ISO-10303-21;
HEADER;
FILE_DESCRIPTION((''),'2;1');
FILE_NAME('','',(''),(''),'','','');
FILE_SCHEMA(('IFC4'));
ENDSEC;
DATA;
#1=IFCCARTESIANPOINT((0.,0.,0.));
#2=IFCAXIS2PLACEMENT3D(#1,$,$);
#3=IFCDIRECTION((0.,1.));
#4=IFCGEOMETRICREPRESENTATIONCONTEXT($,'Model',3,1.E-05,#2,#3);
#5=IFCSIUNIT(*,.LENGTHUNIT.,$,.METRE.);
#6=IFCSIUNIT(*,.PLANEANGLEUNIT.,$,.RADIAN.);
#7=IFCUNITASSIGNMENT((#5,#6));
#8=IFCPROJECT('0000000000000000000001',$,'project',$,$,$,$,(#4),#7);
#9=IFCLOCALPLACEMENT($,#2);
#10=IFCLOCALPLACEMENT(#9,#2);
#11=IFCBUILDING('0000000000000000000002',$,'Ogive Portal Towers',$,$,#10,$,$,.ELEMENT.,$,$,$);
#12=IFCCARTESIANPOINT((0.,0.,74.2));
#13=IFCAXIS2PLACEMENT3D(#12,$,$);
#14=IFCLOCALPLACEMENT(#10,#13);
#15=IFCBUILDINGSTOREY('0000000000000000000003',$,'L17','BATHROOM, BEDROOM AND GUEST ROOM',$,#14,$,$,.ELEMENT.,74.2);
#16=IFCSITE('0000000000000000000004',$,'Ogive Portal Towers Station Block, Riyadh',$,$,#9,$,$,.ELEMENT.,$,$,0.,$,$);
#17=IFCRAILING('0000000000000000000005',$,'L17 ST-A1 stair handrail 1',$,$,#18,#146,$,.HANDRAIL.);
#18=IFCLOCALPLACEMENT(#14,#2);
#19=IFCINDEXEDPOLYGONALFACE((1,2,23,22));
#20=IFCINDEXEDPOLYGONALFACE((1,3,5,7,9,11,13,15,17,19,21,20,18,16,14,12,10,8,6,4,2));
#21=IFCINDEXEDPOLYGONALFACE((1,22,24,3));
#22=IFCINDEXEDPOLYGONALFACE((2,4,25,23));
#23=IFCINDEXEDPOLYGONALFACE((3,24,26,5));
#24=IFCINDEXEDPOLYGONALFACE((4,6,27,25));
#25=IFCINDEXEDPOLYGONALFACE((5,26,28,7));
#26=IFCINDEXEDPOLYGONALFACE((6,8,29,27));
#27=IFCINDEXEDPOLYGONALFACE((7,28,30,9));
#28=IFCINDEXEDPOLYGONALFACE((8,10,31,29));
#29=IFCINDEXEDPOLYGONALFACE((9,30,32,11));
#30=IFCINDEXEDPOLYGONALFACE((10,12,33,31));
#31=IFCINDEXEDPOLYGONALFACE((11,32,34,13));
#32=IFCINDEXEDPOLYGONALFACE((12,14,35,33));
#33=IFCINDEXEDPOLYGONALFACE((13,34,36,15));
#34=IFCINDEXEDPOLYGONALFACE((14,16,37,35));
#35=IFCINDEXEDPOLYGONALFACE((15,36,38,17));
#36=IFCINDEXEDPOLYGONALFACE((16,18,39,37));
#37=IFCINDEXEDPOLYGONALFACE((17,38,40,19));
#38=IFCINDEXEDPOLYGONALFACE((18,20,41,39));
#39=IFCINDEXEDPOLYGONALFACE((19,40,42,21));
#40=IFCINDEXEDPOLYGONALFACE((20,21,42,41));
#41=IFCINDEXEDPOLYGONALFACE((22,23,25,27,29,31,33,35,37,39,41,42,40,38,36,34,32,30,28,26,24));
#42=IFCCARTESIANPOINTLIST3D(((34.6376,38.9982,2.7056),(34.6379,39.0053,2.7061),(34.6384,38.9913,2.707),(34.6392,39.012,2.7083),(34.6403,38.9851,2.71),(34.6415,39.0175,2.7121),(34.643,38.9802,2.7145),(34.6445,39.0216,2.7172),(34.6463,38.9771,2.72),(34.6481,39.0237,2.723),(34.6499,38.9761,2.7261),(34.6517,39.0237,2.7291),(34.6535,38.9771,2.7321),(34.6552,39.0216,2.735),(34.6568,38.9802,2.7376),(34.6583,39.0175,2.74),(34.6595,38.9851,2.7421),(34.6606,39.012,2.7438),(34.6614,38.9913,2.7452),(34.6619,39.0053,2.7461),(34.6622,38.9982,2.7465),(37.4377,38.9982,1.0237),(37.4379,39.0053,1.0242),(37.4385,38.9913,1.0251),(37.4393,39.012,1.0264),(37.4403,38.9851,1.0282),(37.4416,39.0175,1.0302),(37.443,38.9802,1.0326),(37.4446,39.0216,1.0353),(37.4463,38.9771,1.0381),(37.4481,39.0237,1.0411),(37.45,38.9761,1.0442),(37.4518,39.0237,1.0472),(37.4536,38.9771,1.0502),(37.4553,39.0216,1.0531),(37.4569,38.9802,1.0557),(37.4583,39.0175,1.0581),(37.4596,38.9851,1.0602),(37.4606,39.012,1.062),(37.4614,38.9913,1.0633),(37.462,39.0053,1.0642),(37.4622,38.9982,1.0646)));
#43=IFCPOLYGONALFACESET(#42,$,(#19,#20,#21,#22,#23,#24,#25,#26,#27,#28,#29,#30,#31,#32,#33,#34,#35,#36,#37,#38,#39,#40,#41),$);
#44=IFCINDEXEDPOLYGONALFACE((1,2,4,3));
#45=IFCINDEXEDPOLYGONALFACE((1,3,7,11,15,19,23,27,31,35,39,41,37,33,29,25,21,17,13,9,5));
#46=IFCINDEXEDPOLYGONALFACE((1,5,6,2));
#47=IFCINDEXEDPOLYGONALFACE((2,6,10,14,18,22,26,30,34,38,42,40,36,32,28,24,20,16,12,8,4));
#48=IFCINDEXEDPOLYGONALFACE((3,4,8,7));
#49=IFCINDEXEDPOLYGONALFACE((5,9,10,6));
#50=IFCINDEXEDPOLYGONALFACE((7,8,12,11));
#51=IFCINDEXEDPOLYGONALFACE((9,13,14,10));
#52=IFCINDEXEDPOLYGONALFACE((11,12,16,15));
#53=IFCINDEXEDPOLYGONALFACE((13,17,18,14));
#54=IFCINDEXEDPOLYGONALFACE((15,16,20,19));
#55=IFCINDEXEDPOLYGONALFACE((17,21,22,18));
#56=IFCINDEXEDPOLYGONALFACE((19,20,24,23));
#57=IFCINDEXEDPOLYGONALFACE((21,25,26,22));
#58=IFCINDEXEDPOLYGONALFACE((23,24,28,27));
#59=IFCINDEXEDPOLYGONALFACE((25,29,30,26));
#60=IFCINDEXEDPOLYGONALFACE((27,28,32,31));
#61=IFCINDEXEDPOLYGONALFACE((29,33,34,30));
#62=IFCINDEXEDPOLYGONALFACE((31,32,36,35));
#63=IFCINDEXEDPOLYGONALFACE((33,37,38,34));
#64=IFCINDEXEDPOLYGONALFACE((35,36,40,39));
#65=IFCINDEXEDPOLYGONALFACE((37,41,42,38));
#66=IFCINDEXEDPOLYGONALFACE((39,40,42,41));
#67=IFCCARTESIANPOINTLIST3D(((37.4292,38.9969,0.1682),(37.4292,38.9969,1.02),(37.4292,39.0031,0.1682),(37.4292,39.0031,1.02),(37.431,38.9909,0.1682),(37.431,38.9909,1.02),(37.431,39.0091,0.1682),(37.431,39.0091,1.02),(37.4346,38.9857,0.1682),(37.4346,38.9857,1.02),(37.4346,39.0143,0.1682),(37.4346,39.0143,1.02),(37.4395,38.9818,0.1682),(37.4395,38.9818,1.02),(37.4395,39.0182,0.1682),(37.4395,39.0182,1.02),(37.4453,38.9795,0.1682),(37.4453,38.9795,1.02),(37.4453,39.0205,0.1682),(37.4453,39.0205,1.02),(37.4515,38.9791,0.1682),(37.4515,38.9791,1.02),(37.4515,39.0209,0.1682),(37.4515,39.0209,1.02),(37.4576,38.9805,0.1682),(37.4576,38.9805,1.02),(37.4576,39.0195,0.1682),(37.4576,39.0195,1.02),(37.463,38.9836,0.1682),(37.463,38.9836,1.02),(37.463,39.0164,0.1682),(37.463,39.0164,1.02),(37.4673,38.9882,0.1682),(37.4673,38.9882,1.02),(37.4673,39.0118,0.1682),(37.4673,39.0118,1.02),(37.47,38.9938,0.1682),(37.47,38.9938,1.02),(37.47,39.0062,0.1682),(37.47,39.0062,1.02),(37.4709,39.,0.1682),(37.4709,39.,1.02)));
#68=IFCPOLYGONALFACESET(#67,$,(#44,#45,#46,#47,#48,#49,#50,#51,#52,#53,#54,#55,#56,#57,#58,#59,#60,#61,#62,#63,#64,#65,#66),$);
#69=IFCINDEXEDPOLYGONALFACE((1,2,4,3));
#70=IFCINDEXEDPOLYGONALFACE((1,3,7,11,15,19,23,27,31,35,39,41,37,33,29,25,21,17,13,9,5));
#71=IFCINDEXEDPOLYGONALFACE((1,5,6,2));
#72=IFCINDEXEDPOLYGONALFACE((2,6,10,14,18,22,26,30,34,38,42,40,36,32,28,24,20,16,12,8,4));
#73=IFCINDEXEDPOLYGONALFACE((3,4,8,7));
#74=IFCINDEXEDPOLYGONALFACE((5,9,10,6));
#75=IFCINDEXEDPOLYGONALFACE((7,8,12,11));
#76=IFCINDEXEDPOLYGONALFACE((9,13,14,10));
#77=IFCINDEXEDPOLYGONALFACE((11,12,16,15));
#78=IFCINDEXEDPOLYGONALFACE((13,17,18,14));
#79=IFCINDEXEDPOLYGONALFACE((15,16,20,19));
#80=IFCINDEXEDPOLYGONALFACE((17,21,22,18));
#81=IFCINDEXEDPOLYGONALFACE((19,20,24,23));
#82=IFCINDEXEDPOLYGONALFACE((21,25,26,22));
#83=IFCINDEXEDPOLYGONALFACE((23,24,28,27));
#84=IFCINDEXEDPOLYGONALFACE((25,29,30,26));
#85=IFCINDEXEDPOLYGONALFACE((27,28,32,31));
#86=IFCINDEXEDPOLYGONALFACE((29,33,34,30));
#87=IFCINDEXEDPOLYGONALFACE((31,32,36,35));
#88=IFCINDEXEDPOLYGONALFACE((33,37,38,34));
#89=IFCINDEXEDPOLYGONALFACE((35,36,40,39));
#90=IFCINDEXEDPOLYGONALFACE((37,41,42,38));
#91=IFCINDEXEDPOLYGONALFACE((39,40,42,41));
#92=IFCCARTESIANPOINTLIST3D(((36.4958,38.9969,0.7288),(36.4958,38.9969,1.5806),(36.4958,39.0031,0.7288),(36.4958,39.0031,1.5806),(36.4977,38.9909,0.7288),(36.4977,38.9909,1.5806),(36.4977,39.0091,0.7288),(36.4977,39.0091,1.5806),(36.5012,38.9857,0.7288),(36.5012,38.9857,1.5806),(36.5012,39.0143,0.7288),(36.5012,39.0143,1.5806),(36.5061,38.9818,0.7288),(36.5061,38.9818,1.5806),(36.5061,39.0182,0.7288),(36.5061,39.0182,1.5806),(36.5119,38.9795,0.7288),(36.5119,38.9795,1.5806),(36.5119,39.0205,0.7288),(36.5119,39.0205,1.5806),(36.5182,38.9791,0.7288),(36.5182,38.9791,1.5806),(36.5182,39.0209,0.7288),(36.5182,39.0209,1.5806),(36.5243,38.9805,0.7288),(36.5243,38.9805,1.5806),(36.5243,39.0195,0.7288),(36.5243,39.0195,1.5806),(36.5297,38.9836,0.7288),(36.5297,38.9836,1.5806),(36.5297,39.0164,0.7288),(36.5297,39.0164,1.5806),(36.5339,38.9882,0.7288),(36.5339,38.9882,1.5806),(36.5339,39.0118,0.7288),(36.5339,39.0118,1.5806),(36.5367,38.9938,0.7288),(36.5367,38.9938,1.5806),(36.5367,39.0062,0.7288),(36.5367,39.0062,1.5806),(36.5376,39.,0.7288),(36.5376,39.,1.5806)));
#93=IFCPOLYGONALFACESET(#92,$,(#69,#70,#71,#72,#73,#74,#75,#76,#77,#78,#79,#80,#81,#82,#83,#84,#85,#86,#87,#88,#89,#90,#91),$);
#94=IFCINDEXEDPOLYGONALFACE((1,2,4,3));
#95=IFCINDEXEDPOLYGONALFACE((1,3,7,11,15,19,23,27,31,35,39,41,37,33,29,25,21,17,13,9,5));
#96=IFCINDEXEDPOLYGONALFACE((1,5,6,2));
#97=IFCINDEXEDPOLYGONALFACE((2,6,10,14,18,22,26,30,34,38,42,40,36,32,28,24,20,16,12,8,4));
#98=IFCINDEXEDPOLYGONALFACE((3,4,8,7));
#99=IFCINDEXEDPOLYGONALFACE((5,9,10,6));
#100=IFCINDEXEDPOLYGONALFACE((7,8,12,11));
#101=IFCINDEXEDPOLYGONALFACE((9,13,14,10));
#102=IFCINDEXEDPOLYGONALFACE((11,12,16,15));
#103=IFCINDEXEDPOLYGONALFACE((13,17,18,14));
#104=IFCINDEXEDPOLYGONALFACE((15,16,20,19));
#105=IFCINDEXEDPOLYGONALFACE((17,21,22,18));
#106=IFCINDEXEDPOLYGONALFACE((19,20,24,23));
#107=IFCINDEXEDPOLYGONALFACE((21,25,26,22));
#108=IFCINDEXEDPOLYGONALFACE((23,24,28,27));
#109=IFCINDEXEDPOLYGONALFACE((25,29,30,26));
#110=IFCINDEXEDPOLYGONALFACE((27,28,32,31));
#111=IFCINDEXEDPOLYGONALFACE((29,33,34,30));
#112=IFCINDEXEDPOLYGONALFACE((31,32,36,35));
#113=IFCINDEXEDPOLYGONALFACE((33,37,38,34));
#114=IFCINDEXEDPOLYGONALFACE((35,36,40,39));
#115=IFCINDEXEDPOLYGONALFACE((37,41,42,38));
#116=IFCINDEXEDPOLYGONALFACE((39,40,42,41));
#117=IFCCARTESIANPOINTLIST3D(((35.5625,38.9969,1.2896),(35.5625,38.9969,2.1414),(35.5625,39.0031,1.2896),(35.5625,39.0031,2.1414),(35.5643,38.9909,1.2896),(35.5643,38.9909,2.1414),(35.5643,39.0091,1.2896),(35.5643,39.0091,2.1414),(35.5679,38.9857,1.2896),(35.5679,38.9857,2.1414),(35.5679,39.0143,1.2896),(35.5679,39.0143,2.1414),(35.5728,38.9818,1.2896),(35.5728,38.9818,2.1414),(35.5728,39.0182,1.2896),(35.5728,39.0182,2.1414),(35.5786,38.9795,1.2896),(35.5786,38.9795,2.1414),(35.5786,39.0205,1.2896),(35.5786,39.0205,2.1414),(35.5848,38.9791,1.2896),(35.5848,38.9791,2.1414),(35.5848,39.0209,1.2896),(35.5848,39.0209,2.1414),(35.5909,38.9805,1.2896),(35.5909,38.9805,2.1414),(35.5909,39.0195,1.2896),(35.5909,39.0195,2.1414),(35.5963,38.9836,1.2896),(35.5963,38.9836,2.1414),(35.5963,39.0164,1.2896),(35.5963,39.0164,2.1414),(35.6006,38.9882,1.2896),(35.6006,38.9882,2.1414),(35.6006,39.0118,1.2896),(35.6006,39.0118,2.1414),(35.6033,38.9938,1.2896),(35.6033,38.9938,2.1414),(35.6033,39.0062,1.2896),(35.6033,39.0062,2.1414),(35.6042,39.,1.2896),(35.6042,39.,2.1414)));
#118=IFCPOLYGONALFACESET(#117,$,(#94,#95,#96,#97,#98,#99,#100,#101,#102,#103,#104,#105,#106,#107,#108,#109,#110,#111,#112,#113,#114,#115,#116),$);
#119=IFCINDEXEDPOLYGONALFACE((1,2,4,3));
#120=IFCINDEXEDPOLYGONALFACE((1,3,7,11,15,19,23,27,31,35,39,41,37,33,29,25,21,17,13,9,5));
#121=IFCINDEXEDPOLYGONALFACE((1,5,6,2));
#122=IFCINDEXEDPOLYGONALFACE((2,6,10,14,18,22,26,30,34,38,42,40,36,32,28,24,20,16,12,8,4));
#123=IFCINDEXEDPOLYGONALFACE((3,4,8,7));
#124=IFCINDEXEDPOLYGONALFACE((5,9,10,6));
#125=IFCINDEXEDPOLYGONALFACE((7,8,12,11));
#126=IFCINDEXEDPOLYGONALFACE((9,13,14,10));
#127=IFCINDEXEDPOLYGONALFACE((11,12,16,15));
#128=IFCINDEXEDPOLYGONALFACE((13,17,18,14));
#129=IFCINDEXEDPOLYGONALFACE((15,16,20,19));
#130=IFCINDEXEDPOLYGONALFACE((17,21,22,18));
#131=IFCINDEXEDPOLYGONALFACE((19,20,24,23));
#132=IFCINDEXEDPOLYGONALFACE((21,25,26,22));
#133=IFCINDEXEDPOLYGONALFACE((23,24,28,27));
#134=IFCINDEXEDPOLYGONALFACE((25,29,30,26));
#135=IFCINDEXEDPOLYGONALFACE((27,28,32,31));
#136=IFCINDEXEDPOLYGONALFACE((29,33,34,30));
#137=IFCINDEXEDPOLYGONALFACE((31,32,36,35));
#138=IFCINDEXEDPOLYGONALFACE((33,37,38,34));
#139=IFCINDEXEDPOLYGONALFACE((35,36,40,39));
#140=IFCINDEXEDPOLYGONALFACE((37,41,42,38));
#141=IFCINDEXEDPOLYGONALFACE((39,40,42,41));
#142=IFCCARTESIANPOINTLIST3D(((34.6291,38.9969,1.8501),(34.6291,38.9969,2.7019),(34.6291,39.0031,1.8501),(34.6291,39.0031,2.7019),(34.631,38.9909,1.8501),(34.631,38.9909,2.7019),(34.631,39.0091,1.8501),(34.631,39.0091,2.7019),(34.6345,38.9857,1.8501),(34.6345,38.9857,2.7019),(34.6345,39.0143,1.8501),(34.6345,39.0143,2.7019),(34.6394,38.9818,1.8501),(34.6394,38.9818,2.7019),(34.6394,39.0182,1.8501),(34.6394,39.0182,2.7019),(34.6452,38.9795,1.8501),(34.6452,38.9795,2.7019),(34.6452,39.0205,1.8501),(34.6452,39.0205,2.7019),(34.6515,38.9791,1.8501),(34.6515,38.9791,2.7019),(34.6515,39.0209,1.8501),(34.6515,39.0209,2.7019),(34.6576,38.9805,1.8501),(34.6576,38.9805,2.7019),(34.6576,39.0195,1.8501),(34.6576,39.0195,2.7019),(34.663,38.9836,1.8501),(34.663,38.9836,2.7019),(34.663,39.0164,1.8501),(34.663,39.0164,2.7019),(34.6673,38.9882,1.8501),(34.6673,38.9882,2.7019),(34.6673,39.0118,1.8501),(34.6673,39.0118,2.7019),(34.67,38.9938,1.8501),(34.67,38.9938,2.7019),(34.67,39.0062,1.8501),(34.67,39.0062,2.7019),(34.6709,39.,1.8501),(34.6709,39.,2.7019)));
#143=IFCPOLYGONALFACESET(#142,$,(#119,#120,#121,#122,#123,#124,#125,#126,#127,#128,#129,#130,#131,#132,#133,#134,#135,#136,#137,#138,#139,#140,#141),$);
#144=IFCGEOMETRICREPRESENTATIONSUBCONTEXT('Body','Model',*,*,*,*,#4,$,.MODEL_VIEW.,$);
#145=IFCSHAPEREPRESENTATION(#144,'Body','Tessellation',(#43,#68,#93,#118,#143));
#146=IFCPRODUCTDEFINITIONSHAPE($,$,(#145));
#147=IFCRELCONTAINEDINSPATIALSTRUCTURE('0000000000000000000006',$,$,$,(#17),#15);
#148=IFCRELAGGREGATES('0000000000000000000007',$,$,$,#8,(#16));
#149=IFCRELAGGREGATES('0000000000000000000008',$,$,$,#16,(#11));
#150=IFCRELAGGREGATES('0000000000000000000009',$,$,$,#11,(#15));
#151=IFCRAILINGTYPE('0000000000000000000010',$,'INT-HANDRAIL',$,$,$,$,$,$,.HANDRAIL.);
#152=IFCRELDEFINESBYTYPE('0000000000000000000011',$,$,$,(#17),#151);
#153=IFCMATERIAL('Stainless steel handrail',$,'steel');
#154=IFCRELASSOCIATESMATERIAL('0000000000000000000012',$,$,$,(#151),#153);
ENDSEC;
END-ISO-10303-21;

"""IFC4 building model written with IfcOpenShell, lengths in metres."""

from ifc_helpers import new_model, si_unit, direction, frame, origin, origin_2d, place, context, subcontext, project, spatial, circle, extrude, material, type_object, element, save


model = new_model("IFC4")

# Units and contexts
model_context = context("Model", 3, precision=1e-05, world=origin(), true_north=direction((0.0, 1.0)))
body_context = subcontext(model_context, "Body", "Model", "MODEL_VIEW")
ifc_project = project(units=[si_unit("LENGTHUNIT", "METRE"), si_unit("PLANEANGLEUNIT", "RADIAN")], contexts=[model_context])

# Site, building, storey
site_placement = place(None, origin())
site = spatial("IfcSite", under=ifc_project, at=site_placement, Name="Ogive Portal Towers Station Block, Riyadh", CompositionType="ELEMENT", RefElevation=0.0)
building_placement = place(site_placement, origin())
building = spatial("IfcBuilding", under=site, at=building_placement, Name="Ogive Portal Towers", CompositionType="ELEMENT")
storey_placement = place(building_placement, frame((0.0, 0.0, 74.2)))
storey = spatial("IfcBuildingStorey", under=building, at=storey_placement, Name="L17", Description="BATHROOM, BEDROOM AND GUEST ROOM", CompositionType="ELEMENT", Elevation=74.2)

# Railing
ifc_material_1 = material(Name="Stainless steel handrail", Category="steel")
railing_type_1 = type_object("IfcRailingType", Name="INT-HANDRAIL", PredefinedType="HANDRAIL", material=ifc_material_1)
railing_1_placement = place(storey_placement, frame((37.45, 39.0, 0.1682)))
element("IfcRailing", 1, at=railing_1_placement, inside=storey, type_object=railing_type_1, Name="L17 ST-A1 stair handrail 1", PredefinedType="HANDRAIL", context=body_context, shape_type="SweptSolid", body=[
    extrude(circle(Radius=0.0239, at=origin_2d()), frame((0.0, 0.0, 0.876), z_axis=(-0.857242, 0.0, 0.514913), x_axis=(0.0, -1.0, 0.0)), (0.0, 0.0, 1.0), 3.2664),
    extrude(circle(Radius=0.021, at=origin_2d()), origin(), (0.0, 0.0, 1.0), 0.8518),
    extrude(circle(Radius=0.021, at=origin_2d()), frame((-0.9333, 0.0, 0.5605)), (0.0, 0.0, 1.0), 0.8518),
    extrude(circle(Radius=0.021, at=origin_2d()), frame((-1.8667, 0.0, 1.1213)), (0.0, 0.0, 1.0), 0.8518),
    extrude(circle(Radius=0.021, at=origin_2d()), frame((-2.8, 0.0, 1.6819)), (0.0, 0.0, 1.0), 0.8518),
])

save(model, "model.ifc")
